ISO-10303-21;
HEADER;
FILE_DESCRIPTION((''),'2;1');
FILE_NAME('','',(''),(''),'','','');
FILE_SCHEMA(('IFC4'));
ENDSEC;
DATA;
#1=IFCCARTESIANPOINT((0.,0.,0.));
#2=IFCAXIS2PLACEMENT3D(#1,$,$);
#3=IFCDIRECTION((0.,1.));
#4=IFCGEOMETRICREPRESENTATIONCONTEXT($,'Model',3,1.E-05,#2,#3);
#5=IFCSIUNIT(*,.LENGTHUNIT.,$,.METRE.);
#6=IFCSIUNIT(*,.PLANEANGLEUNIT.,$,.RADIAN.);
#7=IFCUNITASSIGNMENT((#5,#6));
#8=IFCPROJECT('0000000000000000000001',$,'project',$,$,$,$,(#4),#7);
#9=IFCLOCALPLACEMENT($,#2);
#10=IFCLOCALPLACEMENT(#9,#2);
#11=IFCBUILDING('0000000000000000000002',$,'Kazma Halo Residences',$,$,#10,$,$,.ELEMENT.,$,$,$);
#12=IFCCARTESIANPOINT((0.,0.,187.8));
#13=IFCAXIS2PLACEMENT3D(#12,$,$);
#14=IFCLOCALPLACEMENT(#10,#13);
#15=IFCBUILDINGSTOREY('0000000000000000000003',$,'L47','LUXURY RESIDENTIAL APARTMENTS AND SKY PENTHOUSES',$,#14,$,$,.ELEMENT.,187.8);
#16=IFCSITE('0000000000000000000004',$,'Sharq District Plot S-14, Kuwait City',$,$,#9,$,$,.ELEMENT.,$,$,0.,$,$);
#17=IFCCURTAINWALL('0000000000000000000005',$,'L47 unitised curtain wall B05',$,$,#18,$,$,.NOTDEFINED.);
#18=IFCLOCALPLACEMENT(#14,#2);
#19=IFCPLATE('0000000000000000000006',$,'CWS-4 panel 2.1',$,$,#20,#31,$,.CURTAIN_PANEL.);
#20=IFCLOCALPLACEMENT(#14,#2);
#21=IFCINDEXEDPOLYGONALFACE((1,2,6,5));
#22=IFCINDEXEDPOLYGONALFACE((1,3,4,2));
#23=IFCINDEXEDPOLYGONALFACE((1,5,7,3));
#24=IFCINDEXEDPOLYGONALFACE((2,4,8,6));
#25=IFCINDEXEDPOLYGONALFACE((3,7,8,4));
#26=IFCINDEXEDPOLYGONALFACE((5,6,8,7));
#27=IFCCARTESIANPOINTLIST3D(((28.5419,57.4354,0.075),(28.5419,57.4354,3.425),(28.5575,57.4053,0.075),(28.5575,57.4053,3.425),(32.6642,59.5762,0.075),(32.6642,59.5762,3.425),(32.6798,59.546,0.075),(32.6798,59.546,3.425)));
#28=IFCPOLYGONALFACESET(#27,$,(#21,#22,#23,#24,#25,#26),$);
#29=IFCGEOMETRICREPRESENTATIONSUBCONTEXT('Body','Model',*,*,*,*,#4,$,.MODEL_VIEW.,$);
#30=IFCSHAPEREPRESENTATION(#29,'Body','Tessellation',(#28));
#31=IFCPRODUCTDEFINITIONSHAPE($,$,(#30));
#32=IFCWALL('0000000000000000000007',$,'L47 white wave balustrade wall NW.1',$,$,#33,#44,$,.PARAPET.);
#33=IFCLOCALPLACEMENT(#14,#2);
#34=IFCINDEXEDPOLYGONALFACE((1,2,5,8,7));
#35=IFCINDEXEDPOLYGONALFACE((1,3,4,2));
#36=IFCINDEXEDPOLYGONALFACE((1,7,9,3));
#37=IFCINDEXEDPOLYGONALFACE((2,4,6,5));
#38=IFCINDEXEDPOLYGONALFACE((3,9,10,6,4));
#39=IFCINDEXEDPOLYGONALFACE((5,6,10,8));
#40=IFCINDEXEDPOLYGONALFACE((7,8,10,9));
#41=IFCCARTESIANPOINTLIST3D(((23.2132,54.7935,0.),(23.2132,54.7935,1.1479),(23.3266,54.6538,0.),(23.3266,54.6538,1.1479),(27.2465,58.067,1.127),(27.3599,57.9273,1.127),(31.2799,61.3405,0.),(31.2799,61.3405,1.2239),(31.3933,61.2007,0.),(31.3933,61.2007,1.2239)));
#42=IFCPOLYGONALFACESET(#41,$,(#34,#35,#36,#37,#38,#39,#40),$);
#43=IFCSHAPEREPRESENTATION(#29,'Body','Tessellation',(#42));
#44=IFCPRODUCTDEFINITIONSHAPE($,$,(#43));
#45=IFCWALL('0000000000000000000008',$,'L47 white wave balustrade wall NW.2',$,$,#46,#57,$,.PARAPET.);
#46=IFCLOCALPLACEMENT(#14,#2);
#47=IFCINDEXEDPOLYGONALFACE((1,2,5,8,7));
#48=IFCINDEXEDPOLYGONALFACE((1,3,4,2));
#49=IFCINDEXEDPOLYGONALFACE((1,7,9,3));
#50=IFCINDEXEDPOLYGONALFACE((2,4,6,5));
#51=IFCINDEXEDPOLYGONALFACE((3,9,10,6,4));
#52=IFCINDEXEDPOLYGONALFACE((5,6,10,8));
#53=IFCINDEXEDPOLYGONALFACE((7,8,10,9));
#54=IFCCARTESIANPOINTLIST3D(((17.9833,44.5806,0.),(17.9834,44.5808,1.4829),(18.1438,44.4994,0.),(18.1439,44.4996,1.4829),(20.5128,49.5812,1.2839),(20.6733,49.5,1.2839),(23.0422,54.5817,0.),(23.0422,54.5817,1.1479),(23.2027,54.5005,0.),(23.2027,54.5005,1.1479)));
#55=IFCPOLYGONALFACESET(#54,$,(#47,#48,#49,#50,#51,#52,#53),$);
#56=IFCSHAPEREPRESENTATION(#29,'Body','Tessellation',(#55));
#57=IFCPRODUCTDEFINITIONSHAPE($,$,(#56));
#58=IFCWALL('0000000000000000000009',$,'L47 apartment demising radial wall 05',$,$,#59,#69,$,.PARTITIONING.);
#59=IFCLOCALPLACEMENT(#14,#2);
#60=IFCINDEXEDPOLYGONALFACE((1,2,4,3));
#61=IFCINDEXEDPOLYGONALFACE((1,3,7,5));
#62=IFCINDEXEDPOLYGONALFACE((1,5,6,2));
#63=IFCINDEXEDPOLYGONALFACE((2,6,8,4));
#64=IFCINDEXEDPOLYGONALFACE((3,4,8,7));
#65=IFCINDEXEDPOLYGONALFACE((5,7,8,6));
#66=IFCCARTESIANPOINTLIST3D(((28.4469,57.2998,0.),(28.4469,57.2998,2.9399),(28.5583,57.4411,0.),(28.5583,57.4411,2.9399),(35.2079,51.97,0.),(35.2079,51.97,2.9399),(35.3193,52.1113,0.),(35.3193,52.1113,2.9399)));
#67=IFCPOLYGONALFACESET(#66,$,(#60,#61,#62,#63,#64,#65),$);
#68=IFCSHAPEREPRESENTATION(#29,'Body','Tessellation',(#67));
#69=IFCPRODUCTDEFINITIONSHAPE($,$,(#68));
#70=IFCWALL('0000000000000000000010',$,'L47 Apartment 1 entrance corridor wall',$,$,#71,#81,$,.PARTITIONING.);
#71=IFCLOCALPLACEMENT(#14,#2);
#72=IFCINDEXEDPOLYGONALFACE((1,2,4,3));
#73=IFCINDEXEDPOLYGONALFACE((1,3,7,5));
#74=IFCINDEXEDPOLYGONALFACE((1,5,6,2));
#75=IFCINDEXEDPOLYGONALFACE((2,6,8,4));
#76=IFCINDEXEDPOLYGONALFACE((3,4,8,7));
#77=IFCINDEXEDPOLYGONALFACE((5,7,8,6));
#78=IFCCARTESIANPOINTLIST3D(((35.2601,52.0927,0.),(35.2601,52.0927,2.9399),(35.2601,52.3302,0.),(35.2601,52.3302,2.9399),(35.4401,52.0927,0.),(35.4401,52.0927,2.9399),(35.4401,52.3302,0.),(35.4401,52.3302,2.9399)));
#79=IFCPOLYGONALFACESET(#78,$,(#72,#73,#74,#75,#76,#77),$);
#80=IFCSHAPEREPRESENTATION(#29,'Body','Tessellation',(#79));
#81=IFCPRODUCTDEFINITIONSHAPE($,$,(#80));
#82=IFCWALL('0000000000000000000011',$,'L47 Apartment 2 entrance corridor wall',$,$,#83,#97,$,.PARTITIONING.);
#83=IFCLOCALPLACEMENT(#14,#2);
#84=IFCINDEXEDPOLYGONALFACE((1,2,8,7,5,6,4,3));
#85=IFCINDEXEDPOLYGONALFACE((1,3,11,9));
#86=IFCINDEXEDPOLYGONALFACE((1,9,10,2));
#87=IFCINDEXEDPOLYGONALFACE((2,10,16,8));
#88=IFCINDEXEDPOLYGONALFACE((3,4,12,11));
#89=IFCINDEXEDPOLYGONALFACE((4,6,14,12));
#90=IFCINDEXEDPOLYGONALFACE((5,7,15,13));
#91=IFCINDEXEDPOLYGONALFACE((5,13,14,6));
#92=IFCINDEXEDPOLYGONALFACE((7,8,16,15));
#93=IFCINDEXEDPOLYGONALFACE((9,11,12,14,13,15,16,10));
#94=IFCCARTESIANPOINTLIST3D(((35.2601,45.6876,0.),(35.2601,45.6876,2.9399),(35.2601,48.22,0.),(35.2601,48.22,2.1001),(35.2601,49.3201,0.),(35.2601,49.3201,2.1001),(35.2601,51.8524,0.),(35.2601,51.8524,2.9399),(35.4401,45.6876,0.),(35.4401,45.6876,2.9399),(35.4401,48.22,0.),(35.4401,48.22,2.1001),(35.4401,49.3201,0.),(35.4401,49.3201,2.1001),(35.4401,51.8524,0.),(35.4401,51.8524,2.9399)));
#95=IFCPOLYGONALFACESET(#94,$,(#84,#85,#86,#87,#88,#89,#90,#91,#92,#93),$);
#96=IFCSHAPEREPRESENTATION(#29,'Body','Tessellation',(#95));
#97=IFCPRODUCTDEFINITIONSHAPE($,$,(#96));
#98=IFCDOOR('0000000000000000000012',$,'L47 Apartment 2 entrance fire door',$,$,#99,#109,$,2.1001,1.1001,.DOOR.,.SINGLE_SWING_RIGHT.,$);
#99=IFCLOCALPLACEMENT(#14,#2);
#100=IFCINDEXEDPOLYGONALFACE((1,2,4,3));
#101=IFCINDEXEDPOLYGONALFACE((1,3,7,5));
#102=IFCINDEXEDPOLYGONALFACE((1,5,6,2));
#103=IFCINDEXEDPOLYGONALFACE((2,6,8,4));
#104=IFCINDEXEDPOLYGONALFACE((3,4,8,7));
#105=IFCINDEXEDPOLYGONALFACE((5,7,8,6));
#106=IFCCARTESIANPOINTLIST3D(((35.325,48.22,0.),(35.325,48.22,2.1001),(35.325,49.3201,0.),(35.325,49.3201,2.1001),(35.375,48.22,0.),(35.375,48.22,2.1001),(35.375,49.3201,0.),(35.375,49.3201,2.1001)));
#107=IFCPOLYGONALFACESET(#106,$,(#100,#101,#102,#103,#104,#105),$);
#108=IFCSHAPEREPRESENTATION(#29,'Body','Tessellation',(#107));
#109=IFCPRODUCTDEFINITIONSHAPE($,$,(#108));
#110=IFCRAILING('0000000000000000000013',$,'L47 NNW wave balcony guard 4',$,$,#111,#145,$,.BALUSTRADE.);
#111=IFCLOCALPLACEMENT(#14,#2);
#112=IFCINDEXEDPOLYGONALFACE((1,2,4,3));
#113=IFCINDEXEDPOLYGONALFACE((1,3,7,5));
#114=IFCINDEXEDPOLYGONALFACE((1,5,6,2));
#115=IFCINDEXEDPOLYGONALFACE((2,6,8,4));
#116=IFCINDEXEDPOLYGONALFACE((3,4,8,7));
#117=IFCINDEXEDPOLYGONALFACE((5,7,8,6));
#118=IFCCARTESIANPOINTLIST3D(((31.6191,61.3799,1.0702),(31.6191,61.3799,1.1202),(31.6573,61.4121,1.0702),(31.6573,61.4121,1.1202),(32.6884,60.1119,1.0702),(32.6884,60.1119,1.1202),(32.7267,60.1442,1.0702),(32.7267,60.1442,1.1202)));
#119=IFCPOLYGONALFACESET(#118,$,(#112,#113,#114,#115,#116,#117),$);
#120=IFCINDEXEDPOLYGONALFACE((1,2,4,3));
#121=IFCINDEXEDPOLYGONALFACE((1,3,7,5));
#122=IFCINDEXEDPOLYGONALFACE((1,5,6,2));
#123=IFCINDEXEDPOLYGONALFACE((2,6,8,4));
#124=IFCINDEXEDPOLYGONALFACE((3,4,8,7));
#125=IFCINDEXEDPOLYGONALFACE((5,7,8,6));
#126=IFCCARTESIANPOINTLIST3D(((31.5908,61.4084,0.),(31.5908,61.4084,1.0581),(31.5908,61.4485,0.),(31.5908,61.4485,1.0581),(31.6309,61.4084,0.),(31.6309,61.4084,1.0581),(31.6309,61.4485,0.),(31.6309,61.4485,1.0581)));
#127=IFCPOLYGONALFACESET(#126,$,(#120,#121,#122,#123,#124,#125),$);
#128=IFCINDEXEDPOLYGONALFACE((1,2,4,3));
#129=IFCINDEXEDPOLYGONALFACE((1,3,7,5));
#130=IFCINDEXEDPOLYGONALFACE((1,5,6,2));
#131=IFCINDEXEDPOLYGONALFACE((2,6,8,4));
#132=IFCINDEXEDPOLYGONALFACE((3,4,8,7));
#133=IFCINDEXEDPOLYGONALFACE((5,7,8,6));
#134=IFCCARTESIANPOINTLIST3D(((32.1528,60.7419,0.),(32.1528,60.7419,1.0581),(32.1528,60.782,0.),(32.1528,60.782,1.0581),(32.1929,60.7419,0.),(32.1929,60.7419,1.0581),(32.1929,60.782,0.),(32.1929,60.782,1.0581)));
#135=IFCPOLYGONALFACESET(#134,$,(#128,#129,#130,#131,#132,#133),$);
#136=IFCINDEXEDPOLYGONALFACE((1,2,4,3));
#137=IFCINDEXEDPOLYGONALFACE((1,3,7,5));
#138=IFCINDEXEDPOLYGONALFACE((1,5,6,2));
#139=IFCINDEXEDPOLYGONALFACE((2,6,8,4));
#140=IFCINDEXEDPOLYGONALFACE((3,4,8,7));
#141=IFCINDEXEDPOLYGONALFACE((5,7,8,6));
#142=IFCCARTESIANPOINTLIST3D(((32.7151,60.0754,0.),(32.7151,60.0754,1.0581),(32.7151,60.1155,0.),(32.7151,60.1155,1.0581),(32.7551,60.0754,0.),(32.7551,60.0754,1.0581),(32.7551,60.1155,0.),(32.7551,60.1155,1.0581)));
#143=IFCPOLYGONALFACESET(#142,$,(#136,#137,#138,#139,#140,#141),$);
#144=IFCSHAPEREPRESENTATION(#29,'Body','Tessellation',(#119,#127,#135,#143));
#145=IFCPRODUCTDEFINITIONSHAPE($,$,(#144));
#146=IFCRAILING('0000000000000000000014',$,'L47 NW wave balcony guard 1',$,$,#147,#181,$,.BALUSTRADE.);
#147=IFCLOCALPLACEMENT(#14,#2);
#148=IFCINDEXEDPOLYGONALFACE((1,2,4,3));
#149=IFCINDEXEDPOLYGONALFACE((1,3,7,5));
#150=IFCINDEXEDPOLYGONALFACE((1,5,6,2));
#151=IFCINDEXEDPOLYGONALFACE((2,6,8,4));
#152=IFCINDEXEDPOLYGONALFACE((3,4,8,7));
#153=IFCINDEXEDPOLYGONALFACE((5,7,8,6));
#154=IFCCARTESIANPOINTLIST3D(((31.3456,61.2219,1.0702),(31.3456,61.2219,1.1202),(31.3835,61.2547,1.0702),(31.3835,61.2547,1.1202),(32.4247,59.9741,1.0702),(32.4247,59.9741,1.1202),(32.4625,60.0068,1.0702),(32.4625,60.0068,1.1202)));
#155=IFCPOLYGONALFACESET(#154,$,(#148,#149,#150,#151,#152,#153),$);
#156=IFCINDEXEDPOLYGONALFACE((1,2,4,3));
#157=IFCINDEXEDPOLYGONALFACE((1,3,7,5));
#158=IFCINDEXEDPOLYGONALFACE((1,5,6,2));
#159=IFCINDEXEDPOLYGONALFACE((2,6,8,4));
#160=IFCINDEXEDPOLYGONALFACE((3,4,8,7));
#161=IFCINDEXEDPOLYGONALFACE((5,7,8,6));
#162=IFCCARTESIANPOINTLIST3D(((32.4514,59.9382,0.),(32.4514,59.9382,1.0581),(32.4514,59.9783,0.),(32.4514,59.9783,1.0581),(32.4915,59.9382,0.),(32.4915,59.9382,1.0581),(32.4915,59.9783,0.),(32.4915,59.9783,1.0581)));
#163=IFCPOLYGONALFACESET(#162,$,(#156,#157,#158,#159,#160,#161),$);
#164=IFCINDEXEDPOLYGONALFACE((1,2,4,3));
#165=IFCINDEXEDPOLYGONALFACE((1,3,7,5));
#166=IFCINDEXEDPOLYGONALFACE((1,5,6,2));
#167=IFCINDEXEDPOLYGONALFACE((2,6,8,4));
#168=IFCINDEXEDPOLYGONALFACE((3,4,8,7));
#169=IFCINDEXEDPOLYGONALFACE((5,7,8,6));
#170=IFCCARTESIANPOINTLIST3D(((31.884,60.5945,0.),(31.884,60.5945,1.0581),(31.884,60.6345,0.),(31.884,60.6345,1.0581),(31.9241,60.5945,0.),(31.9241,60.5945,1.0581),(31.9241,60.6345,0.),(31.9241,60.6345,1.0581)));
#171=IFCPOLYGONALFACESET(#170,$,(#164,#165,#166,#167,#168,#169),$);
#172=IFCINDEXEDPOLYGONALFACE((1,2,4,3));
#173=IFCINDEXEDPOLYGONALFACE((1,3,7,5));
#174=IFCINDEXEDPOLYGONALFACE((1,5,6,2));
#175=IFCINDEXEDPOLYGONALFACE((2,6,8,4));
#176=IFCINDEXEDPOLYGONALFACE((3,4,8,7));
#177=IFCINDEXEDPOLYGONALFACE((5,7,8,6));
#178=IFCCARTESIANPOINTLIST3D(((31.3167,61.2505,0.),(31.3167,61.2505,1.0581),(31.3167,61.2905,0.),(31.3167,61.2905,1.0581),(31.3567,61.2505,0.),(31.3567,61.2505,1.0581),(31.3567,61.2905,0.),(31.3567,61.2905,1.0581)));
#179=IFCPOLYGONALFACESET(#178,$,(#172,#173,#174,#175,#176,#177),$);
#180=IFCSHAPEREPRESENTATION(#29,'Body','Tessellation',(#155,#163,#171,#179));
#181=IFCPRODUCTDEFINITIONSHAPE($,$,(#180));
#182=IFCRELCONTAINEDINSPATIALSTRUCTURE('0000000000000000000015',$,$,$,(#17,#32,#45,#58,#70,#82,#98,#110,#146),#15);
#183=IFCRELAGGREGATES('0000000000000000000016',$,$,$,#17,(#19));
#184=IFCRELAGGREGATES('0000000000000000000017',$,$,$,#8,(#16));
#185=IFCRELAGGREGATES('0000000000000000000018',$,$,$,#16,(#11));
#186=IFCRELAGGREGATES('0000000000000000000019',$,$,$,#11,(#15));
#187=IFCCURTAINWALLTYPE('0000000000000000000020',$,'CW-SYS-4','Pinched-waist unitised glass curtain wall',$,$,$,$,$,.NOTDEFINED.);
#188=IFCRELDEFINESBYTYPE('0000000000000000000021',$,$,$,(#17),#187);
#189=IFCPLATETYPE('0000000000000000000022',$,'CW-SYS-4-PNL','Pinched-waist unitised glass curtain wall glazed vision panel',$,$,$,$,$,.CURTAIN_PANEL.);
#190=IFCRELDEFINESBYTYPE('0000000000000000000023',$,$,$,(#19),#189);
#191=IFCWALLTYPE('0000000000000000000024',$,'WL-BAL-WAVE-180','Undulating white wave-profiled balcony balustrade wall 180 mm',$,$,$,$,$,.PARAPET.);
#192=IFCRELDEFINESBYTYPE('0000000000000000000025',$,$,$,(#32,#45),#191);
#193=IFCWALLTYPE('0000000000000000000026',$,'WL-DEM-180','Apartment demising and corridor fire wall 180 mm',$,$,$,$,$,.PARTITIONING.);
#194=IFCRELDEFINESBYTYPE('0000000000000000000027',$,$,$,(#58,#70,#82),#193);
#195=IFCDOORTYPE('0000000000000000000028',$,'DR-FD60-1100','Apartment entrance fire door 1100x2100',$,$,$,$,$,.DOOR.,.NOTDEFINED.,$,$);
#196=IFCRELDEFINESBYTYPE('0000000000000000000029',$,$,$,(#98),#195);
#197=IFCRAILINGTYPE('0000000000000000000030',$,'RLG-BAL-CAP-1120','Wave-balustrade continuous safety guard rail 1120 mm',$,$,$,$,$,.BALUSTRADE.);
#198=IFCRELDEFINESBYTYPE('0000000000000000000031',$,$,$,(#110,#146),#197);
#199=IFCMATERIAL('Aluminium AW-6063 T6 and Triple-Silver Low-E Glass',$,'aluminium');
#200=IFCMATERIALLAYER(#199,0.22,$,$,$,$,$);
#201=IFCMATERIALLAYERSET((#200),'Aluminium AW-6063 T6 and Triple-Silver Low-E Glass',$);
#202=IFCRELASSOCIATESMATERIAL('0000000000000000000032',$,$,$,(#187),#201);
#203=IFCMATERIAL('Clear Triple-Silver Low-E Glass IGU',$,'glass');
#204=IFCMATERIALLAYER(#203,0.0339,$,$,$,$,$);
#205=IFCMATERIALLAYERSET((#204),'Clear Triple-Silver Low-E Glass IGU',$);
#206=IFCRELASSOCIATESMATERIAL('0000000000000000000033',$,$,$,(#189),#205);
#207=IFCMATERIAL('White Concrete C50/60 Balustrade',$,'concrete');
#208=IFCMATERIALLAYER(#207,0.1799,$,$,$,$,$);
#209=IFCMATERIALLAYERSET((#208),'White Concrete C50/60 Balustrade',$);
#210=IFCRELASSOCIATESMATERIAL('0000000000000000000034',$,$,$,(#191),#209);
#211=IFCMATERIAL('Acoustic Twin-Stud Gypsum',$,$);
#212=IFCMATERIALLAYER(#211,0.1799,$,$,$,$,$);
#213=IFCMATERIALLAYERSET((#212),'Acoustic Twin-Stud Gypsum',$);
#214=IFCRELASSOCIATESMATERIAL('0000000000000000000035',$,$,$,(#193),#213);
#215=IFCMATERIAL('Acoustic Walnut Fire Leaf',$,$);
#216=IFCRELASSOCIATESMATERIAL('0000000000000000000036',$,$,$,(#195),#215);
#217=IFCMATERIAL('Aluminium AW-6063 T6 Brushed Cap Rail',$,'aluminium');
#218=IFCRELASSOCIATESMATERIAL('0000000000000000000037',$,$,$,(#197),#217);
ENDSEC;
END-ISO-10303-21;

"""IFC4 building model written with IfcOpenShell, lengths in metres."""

from ifc_helpers import new_model, si_unit, direction, frame, frame_2d, origin, origin_2d, place, context, subcontext, project, spatial, polyline, rectangle, outline, extrude, material, layer, layer_set, type_object, element, fill, aggregate, save


model = new_model("IFC4")

# Units and contexts
model_context = context("Model", 3, precision=1e-05, world=origin(), true_north=direction((0.0, 1.0)))
body_context = subcontext(model_context, "Body", "Model", "MODEL_VIEW")
ifc_project = project(units=[si_unit("LENGTHUNIT", "METRE"), si_unit("PLANEANGLEUNIT", "RADIAN")], contexts=[model_context])

# Site, building, storey
site_placement = place(None, origin())
site = spatial("IfcSite", under=ifc_project, at=site_placement, Name="Sharq District Plot S-14, Kuwait City", CompositionType="ELEMENT", RefElevation=0.0)
building_placement = place(site_placement, origin())
building = spatial("IfcBuilding", under=site, at=building_placement, Name="Kazma Halo Residences", CompositionType="ELEMENT")
storey_placement = place(building_placement, frame((0.0, 0.0, 187.8)))
storey = spatial("IfcBuildingStorey", under=building, at=storey_placement, Name="L47", Description="LUXURY RESIDENTIAL APARTMENTS AND SKY PENTHOUSES", CompositionType="ELEMENT", Elevation=187.8)

# Curtain wall
ifc_material_1 = material(Name="Aluminium AW-6063 T6 and Triple-Silver Low-E Glass", Category="aluminium")
ifc_layer_1 = layer(ifc_material_1, 0.22)
ifc_layer_set_1 = layer_set([ifc_layer_1], Name="Aluminium AW-6063 T6 and Triple-Silver Low-E Glass")
curtain_wall_type = type_object("IfcCurtainWallType", Name="CW-SYS-4", Description="Pinched-waist unitised glass curtain wall", PredefinedType="NOTDEFINED", material=ifc_layer_set_1)
curtain_wall_1_placement = place(storey_placement, origin())
curtain_wall_1 = element("IfcCurtainWall", 1, at=curtain_wall_1_placement, inside=storey, type_object=curtain_wall_type, Name="L47 unitised curtain wall B05", PredefinedType="NOTDEFINED")

# Plate
ifc_material_2 = material(Name="Clear Triple-Silver Low-E Glass IGU", Category="glass")
ifc_layer_2 = layer(ifc_material_2, 0.0339)
ifc_layer_set_2 = layer_set([ifc_layer_2], Name="Clear Triple-Silver Low-E Glass IGU")
plate_type = type_object("IfcPlateType", Name="CW-SYS-4-PNL", Description="Pinched-waist unitised glass curtain wall glazed vision panel", PredefinedType="CURTAIN_PANEL", material=ifc_layer_set_2)
plate_1_placement = place(storey_placement, frame((30.6108, 58.4907, 0.075), z_axis=(0.0, 0.0, 1.0), x_axis=(-0.887466, -0.460874, 0.0)))
plate_1 = element("IfcPlate", 2, at=plate_1_placement, type_object=plate_type, Name="CWS-4 panel 2.1", PredefinedType="CURTAIN_PANEL", context=body_context, shape_type="SweptSolid", body=[
    extrude(rectangle(XDim=4.645, YDim=0.0339, at=origin_2d()), origin(), (0.0, 0.0, 1.0), 3.3501),
])
aggregate(curtain_wall_1, [plate_1])

# Walls
ifc_material_3 = material(Name="White Concrete C50/60 Balustrade", Category="concrete")
ifc_layer_3 = layer(ifc_material_3, 0.1799)
ifc_layer_set_3 = layer_set([ifc_layer_3], Name="White Concrete C50/60 Balustrade")
wall_type_1 = type_object("IfcWallType", Name="WL-BAL-WAVE-180", Description="Undulating white wave-profiled balcony balustrade wall 180 mm", PredefinedType="PARAPET", material=ifc_layer_set_3)
wall_1_placement = place(storey_placement, frame((31.3367, 61.2705, 0.0), z_axis=(0.0, 0.0, 1.0), x_axis=(-0.776457, -0.630171, 0.0)))
element("IfcWall", 3, at=wall_1_placement, inside=storey, type_object=wall_type_1, Name="L47 white wave balustrade wall NW.1", PredefinedType="PARAPET", context=body_context, shape_type="SweptSolid", body=[
    extrude(outline(polyline([(0.0, 0.0), (10.3892, 0.0), (10.3892, 1.1479), (5.1946, 1.127), (0.0, 1.2239), (0.0, 0.0)])), frame((0.0, 0.0898, 0.0), z_axis=(0.0, -1.0, 0.0), x_axis=(1.0, 0.0, 0.0)), (0.0, 0.0, 1.0), 0.1799),
])
wall_2_placement = place(storey_placement, frame((23.1226, 54.541, 0.0), z_axis=(0.0, 0.0, 1.0), x_axis=(-0.451374, -0.892335, 0.0)))
element("IfcWall", 4, at=wall_2_placement, inside=storey, type_object=wall_type_1, Name="L47 white wave balustrade wall NW.2", PredefinedType="PARAPET", context=body_context, shape_type="SweptSolid", body=[
    extrude(outline(polyline([(0.0, 0.0), (11.2078, 0.0), (11.2075, 1.4829), (5.6038, 1.2839), (0.0, 1.1479), (0.0, 0.0)])), frame((0.0, 0.0898, 0.0), z_axis=(0.0, -1.0, 0.0), x_axis=(1.0, 0.0, 0.0)), (0.0, 0.0, 1.0), 0.1799),
])
ifc_material_4 = material(Name="Acoustic Twin-Stud Gypsum")
ifc_layer_4 = layer(ifc_material_4, 0.1799)
ifc_layer_set_4 = layer_set([ifc_layer_4], Name="Acoustic Twin-Stud Gypsum")
wall_type_2 = type_object("IfcWallType", Name="WL-DEM-180", Description="Apartment demising and corridor fire wall 180 mm", PredefinedType="PARTITIONING", material=ifc_layer_set_4)
wall_3_placement = place(storey_placement, frame((35.2637, 52.0405, 0.0), z_axis=(0.0, 0.0, 1.0), x_axis=(-0.785322, 0.619087, 0.0)))
element("IfcWall", 5, at=wall_3_placement, inside=storey, type_object=wall_type_2, Name="L47 apartment demising radial wall 05", PredefinedType="PARTITIONING", context=body_context, shape_type="SweptSolid", body=[
    extrude(rectangle(XDim=8.6091, YDim=0.1799, at=frame_2d((4.3047, 0.0))), origin(), (0.0, 0.0, 1.0), 2.9399),
])
wall_4_placement = place(storey_placement, frame((35.3501, 52.3301, 0.0), z_axis=(0.0, 0.0, 1.0), x_axis=(0.0, -1.0, 0.0)))
element("IfcWall", 6, at=wall_4_placement, inside=storey, type_object=wall_type_2, Name="L47 Apartment 1 entrance corridor wall", PredefinedType="PARTITIONING", context=body_context, shape_type="SweptSolid", body=[
    extrude(rectangle(XDim=0.2375, YDim=0.1799, at=frame_2d((0.1187, 0.0))), origin(), (0.0, 0.0, 1.0), 2.9399),
])

# Wall, opening, door
wall_5_placement = place(storey_placement, frame((35.3501, 51.8525, 0.0), z_axis=(0.0, 0.0, 1.0), x_axis=(0.0, -1.0, 0.0)))
wall_5 = element("IfcWall", 7, at=wall_5_placement, inside=storey, type_object=wall_type_2, Name="L47 Apartment 2 entrance corridor wall", PredefinedType="PARTITIONING", context=body_context, shape_type="SweptSolid", body=[
    extrude(rectangle(XDim=6.1648, YDim=0.1799, at=frame_2d((3.0825, 0.0))), origin(), (0.0, 0.0, 1.0), 2.9399),
])
opening_1_placement = place(wall_5_placement, frame((2.5325, 0.0, 0.0)))
opening_1 = element("IfcOpeningElement", 8, at=opening_1_placement, cuts=wall_5, PredefinedType="OPENING", context=body_context, shape_type="SweptSolid", body=[
    extrude(rectangle(XDim=1.1001, YDim=2.1001, at=frame_2d((0.55, 1.05))), frame((0.0, 0.0999, 0.0), z_axis=(0.0, -1.0, 0.0), x_axis=(1.0, 0.0, 0.0)), (0.0, 0.0, 1.0), 0.2),
])
ifc_material_5 = material(Name="Acoustic Walnut Fire Leaf")
door_type_1 = type_object("IfcDoorType", Name="DR-FD60-1100", Description="Apartment entrance fire door 1100x2100", OperationType="NOTDEFINED", PredefinedType="DOOR", material=ifc_material_5)
door_1_placement = place(opening_1_placement, origin())
door_1 = element("IfcDoor", 9, at=door_1_placement, inside=storey, type_object=door_type_1, Name="L47 Apartment 2 entrance fire door", OperationType="SINGLE_SWING_RIGHT", OverallHeight=2.1001, OverallWidth=1.1001, PredefinedType="DOOR", context=body_context, shape_type="SweptSolid", body=[
    extrude(rectangle(XDim=1.1001, YDim=2.1001, at=frame_2d((0.55, 1.05))), frame((0.0, 0.0249, 0.0), z_axis=(0.0, -1.0, 0.0), x_axis=(1.0, 0.0, 0.0)), (0.0, 0.0, 1.0), 0.05),
])
fill(opening_1, door_1)

# Railings
ifc_material_6 = material(Name="Aluminium AW-6063 T6 Brushed Cap Rail", Category="aluminium")
railing_type = type_object("IfcRailingType", Name="RLG-BAL-CAP-1120", Description="Wave-balustrade continuous safety guard rail 1120 mm", PredefinedType="BALUSTRADE", material=ifc_material_6)
railing_1_placement = place(storey_placement, frame((31.6108, 61.4285, 0.0)))
element("IfcRailing", 10, at=railing_1_placement, inside=storey, type_object=railing_type, Name="L47 NNW wave balcony guard 4", PredefinedType="BALUSTRADE", context=body_context, shape_type="SweptSolid", body=[
    extrude(rectangle(XDim=0.05, YDim=0.05, at=origin_2d()), frame((0.0273, -0.0325, 1.0952), z_axis=(0.644718, -0.764421, 0.0), x_axis=(0.764421, 0.644718, 0.0)), (0.0, 0.0, 1.0), 1.6587),
    extrude(rectangle(XDim=0.04, YDim=0.04, at=origin_2d()), origin(), (0.0, 0.0, 1.0), 1.0581),
    extrude(rectangle(XDim=0.04, YDim=0.04, at=origin_2d()), frame((0.562, -0.6665, 0.0)), (0.0, 0.0, 1.0), 1.0581),
    extrude(rectangle(XDim=0.04, YDim=0.04, at=origin_2d()), frame((1.1243, -1.333, 0.0)), (0.0, 0.0, 1.0), 1.0581),
])
railing_2_placement = place(storey_placement, frame((32.4714, 59.9583, 0.0)))
element("IfcRailing", 11, at=railing_2_placement, inside=storey, type_object=railing_type, Name="L47 NW wave balcony guard 1", PredefinedType="BALUSTRADE", context=body_context, shape_type="SweptSolid", body=[
    extrude(rectangle(XDim=0.05, YDim=0.05, at=origin_2d()), frame((-0.0278, 0.0322, 1.0952), z_axis=(-0.6541, 0.756408, 0.0), x_axis=(-0.756408, -0.6541, 0.0)), (0.0, 0.0, 1.0), 1.6497),
    extrude(rectangle(XDim=0.04, YDim=0.04, at=origin_2d()), origin(), (0.0, 0.0, 1.0), 1.0581),
    extrude(rectangle(XDim=0.04, YDim=0.04, at=origin_2d()), frame((-0.5674, 0.6562, 0.0)), (0.0, 0.0, 1.0), 1.0581),
    extrude(rectangle(XDim=0.04, YDim=0.04, at=origin_2d()), frame((-1.1348, 1.3123, 0.0)), (0.0, 0.0, 1.0), 1.0581),
])

save(model, "model.ifc")
